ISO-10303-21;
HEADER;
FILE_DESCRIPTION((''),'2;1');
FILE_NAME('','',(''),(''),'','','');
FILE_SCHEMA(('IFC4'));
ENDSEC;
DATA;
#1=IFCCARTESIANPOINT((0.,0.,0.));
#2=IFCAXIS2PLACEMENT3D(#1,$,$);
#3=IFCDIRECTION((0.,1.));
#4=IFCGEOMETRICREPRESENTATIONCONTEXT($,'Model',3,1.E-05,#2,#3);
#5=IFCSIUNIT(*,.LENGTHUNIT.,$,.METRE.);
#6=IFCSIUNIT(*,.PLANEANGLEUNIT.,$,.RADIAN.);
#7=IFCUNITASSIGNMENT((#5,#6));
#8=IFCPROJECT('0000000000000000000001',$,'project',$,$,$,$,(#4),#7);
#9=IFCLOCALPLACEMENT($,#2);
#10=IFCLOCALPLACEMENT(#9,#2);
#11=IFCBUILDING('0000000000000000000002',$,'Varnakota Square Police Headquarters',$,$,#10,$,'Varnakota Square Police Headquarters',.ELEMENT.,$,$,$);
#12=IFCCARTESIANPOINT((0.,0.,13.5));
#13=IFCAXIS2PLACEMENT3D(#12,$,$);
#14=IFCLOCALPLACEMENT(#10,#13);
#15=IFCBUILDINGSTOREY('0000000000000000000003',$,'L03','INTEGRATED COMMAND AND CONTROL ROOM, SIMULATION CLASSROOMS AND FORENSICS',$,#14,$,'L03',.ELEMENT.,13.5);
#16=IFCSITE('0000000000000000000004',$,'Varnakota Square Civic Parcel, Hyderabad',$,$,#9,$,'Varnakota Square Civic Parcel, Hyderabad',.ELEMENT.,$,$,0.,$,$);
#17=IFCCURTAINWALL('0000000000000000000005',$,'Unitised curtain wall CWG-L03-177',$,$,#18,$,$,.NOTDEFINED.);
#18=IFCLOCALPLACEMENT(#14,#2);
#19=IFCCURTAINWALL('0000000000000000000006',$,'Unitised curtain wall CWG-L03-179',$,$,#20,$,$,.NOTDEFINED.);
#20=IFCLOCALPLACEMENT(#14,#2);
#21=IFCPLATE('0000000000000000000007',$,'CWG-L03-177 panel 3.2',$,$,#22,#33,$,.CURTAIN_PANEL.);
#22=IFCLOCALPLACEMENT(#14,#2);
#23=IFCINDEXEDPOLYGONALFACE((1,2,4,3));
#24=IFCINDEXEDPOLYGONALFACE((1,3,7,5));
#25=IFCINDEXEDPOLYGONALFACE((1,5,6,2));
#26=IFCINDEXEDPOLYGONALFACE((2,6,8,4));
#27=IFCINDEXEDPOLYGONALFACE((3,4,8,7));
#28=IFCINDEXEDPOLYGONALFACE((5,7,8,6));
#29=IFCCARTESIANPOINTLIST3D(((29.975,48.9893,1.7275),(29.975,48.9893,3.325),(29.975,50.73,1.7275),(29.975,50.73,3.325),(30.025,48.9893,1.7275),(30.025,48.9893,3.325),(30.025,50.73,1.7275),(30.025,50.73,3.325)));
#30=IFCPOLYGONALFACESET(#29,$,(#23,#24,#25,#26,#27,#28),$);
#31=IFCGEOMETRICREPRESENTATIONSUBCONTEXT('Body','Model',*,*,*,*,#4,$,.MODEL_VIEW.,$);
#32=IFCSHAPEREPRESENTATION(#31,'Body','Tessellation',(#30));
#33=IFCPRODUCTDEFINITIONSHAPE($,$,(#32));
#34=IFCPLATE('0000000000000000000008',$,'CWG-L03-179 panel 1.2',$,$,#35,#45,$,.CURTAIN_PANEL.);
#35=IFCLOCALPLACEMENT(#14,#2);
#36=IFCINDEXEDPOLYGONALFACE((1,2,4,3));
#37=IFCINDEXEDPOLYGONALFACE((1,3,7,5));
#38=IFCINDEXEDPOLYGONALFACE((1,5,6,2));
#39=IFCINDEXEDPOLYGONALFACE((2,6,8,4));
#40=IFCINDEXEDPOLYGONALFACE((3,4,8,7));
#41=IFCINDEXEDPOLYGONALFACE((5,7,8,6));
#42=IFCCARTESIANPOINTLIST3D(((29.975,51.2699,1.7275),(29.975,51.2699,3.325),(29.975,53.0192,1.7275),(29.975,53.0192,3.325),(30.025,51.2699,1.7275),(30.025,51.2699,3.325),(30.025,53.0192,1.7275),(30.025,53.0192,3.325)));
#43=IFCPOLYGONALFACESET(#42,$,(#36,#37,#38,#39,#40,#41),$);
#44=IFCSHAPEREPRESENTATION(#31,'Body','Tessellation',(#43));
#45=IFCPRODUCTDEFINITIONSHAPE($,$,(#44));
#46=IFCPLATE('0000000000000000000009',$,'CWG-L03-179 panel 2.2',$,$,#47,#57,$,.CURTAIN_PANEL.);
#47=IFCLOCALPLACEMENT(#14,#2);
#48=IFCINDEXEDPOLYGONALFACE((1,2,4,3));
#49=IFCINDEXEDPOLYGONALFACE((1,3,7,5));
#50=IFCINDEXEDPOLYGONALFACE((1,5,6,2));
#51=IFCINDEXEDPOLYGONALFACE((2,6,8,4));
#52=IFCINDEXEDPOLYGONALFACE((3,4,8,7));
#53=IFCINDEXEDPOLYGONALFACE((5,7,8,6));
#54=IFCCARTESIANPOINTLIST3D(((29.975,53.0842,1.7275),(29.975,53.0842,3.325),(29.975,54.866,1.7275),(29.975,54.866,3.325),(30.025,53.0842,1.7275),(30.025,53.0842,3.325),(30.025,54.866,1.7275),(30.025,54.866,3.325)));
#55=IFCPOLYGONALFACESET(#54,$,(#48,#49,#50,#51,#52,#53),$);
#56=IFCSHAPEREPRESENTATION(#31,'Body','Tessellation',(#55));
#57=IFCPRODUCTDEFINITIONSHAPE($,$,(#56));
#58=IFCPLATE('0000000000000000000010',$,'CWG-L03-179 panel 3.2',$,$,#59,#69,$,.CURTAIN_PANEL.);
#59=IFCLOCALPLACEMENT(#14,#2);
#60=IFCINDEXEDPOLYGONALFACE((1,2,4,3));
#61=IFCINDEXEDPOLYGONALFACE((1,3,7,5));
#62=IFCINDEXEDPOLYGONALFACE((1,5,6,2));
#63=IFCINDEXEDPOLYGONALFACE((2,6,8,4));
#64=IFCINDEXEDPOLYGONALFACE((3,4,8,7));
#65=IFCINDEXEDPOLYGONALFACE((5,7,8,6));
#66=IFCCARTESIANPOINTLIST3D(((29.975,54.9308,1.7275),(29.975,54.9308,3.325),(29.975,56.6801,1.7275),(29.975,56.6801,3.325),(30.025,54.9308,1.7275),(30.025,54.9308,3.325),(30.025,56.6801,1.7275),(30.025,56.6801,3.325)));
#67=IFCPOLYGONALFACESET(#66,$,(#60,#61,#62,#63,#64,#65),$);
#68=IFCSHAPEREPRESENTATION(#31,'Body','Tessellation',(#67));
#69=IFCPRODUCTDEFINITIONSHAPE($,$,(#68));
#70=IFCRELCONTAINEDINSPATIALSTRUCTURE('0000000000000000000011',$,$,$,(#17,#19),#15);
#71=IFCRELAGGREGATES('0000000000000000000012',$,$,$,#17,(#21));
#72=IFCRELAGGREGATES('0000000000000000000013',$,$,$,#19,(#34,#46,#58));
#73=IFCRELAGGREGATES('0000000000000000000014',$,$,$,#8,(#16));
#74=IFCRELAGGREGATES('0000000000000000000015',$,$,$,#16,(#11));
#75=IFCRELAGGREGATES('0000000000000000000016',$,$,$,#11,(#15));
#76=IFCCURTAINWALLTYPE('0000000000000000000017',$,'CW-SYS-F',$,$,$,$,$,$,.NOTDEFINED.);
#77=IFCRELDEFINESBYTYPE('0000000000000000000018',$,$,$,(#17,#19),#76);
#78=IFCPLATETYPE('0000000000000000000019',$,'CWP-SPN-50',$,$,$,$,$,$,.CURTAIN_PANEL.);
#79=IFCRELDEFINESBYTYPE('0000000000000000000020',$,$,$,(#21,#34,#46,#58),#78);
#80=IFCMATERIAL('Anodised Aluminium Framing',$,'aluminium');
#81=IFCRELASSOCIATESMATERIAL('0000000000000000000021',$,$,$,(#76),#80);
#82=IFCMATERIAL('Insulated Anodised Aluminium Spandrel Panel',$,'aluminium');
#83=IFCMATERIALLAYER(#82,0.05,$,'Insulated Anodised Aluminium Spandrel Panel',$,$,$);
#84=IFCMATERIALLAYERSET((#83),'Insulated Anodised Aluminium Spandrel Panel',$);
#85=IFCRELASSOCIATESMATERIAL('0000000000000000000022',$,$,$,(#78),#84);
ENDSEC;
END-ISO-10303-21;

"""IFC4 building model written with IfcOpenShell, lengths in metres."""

from ifc_helpers import new_model, si_unit, direction, frame, origin, origin_2d, place, context, subcontext, project, spatial, rectangle, extrude, material, layer, layer_set, type_object, element, aggregate, save


model = new_model("IFC4")

# Units and contexts
model_context = context("Model", 3, precision=1e-05, world=origin(), true_north=direction((0.0, 1.0)))
body_context = subcontext(model_context, "Body", "Model", "MODEL_VIEW")
ifc_project = project(units=[si_unit("LENGTHUNIT", "METRE"), si_unit("PLANEANGLEUNIT", "RADIAN")], contexts=[model_context])

# Site, building, storey
site_placement = place(None, origin())
site = spatial("IfcSite", under=ifc_project, at=site_placement, Name="Varnakota Square Civic Parcel, Hyderabad", LongName="Varnakota Square Civic Parcel, Hyderabad", CompositionType="ELEMENT", RefElevation=0.0)
building_placement = place(site_placement, origin())
building = spatial("IfcBuilding", under=site, at=building_placement, Name="Varnakota Square Police Headquarters", LongName="Varnakota Square Police Headquarters", CompositionType="ELEMENT")
storey_placement = place(building_placement, frame((0.0, 0.0, 13.5)))
storey = spatial("IfcBuildingStorey", under=building, at=storey_placement, Name="L03", Description="INTEGRATED COMMAND AND CONTROL ROOM, SIMULATION CLASSROOMS AND FORENSICS", LongName="L03", CompositionType="ELEMENT", Elevation=13.5)

# Curtain wall
ifc_material_1 = material(Name="Anodised Aluminium Framing", Category="aluminium")
curtain_wall_type = type_object("IfcCurtainWallType", Name="CW-SYS-F", PredefinedType="NOTDEFINED", material=ifc_material_1)
curtain_wall_1_placement = place(storey_placement, origin())
curtain_wall_1 = element("IfcCurtainWall", 1, at=curtain_wall_1_placement, inside=storey, type_object=curtain_wall_type, Name="Unitised curtain wall CWG-L03-177", PredefinedType="NOTDEFINED")

# Curtain wall
curtain_wall_2_placement = place(storey_placement, origin())
curtain_wall_2 = element("IfcCurtainWall", 2, at=curtain_wall_2_placement, inside=storey, type_object=curtain_wall_type, Name="Unitised curtain wall CWG-L03-179", PredefinedType="NOTDEFINED")

# Plates
ifc_material_2 = material(Name="Insulated Anodised Aluminium Spandrel Panel", Category="aluminium")
ifc_layer_1 = layer(ifc_material_2, 0.05, Name="Insulated Anodised Aluminium Spandrel Panel")
ifc_layer_set_1 = layer_set([ifc_layer_1], Name="Insulated Anodised Aluminium Spandrel Panel")
plate_type_1 = type_object("IfcPlateType", Name="CWP-SPN-50", PredefinedType="CURTAIN_PANEL", material=ifc_layer_set_1)
plate_1_placement = place(storey_placement, frame((30.0, 49.8596, 1.7275), z_axis=(0.0, 0.0, 1.0), x_axis=(0.0, 1.0, 0.0)))
plate_1 = element("IfcPlate", 3, at=plate_1_placement, type_object=plate_type_1, Name="CWG-L03-177 panel 3.2", PredefinedType="CURTAIN_PANEL", context=body_context, shape_type="SweptSolid", body=[
    extrude(rectangle(XDim=1.7407, YDim=0.05, at=origin_2d()), origin(), (0.0, 0.0, 1.0), 1.5974),
])
aggregate(curtain_wall_1, [plate_1])
plate_2_placement = place(storey_placement, frame((30.0, 52.1445, 1.7275), z_axis=(0.0, 0.0, 1.0), x_axis=(0.0, 1.0, 0.0)))
plate_2 = element("IfcPlate", 4, at=plate_2_placement, type_object=plate_type_1, Name="CWG-L03-179 panel 1.2", PredefinedType="CURTAIN_PANEL", context=body_context, shape_type="SweptSolid", body=[
    extrude(rectangle(XDim=1.7493, YDim=0.05, at=origin_2d()), origin(), (0.0, 0.0, 1.0), 1.5974),
])
plate_3_placement = place(storey_placement, frame((30.0, 53.9751, 1.7275), z_axis=(0.0, 0.0, 1.0), x_axis=(0.0, 1.0, 0.0)))
plate_3 = element("IfcPlate", 5, at=plate_3_placement, type_object=plate_type_1, Name="CWG-L03-179 panel 2.2", PredefinedType="CURTAIN_PANEL", context=body_context, shape_type="SweptSolid", body=[
    extrude(rectangle(XDim=1.7817, YDim=0.05, at=origin_2d()), origin(), (0.0, 0.0, 1.0), 1.5974),
])
plate_4_placement = place(storey_placement, frame((30.0, 55.8054, 1.7275), z_axis=(0.0, 0.0, 1.0), x_axis=(0.0, 1.0, 0.0)))
plate_4 = element("IfcPlate", 6, at=plate_4_placement, type_object=plate_type_1, Name="CWG-L03-179 panel 3.2", PredefinedType="CURTAIN_PANEL", context=body_context, shape_type="SweptSolid", body=[
    extrude(rectangle(XDim=1.7493, YDim=0.05, at=origin_2d()), origin(), (0.0, 0.0, 1.0), 1.5974),
])
aggregate(curtain_wall_2, [plate_2, plate_3, plate_4])

save(model, "model.ifc")
